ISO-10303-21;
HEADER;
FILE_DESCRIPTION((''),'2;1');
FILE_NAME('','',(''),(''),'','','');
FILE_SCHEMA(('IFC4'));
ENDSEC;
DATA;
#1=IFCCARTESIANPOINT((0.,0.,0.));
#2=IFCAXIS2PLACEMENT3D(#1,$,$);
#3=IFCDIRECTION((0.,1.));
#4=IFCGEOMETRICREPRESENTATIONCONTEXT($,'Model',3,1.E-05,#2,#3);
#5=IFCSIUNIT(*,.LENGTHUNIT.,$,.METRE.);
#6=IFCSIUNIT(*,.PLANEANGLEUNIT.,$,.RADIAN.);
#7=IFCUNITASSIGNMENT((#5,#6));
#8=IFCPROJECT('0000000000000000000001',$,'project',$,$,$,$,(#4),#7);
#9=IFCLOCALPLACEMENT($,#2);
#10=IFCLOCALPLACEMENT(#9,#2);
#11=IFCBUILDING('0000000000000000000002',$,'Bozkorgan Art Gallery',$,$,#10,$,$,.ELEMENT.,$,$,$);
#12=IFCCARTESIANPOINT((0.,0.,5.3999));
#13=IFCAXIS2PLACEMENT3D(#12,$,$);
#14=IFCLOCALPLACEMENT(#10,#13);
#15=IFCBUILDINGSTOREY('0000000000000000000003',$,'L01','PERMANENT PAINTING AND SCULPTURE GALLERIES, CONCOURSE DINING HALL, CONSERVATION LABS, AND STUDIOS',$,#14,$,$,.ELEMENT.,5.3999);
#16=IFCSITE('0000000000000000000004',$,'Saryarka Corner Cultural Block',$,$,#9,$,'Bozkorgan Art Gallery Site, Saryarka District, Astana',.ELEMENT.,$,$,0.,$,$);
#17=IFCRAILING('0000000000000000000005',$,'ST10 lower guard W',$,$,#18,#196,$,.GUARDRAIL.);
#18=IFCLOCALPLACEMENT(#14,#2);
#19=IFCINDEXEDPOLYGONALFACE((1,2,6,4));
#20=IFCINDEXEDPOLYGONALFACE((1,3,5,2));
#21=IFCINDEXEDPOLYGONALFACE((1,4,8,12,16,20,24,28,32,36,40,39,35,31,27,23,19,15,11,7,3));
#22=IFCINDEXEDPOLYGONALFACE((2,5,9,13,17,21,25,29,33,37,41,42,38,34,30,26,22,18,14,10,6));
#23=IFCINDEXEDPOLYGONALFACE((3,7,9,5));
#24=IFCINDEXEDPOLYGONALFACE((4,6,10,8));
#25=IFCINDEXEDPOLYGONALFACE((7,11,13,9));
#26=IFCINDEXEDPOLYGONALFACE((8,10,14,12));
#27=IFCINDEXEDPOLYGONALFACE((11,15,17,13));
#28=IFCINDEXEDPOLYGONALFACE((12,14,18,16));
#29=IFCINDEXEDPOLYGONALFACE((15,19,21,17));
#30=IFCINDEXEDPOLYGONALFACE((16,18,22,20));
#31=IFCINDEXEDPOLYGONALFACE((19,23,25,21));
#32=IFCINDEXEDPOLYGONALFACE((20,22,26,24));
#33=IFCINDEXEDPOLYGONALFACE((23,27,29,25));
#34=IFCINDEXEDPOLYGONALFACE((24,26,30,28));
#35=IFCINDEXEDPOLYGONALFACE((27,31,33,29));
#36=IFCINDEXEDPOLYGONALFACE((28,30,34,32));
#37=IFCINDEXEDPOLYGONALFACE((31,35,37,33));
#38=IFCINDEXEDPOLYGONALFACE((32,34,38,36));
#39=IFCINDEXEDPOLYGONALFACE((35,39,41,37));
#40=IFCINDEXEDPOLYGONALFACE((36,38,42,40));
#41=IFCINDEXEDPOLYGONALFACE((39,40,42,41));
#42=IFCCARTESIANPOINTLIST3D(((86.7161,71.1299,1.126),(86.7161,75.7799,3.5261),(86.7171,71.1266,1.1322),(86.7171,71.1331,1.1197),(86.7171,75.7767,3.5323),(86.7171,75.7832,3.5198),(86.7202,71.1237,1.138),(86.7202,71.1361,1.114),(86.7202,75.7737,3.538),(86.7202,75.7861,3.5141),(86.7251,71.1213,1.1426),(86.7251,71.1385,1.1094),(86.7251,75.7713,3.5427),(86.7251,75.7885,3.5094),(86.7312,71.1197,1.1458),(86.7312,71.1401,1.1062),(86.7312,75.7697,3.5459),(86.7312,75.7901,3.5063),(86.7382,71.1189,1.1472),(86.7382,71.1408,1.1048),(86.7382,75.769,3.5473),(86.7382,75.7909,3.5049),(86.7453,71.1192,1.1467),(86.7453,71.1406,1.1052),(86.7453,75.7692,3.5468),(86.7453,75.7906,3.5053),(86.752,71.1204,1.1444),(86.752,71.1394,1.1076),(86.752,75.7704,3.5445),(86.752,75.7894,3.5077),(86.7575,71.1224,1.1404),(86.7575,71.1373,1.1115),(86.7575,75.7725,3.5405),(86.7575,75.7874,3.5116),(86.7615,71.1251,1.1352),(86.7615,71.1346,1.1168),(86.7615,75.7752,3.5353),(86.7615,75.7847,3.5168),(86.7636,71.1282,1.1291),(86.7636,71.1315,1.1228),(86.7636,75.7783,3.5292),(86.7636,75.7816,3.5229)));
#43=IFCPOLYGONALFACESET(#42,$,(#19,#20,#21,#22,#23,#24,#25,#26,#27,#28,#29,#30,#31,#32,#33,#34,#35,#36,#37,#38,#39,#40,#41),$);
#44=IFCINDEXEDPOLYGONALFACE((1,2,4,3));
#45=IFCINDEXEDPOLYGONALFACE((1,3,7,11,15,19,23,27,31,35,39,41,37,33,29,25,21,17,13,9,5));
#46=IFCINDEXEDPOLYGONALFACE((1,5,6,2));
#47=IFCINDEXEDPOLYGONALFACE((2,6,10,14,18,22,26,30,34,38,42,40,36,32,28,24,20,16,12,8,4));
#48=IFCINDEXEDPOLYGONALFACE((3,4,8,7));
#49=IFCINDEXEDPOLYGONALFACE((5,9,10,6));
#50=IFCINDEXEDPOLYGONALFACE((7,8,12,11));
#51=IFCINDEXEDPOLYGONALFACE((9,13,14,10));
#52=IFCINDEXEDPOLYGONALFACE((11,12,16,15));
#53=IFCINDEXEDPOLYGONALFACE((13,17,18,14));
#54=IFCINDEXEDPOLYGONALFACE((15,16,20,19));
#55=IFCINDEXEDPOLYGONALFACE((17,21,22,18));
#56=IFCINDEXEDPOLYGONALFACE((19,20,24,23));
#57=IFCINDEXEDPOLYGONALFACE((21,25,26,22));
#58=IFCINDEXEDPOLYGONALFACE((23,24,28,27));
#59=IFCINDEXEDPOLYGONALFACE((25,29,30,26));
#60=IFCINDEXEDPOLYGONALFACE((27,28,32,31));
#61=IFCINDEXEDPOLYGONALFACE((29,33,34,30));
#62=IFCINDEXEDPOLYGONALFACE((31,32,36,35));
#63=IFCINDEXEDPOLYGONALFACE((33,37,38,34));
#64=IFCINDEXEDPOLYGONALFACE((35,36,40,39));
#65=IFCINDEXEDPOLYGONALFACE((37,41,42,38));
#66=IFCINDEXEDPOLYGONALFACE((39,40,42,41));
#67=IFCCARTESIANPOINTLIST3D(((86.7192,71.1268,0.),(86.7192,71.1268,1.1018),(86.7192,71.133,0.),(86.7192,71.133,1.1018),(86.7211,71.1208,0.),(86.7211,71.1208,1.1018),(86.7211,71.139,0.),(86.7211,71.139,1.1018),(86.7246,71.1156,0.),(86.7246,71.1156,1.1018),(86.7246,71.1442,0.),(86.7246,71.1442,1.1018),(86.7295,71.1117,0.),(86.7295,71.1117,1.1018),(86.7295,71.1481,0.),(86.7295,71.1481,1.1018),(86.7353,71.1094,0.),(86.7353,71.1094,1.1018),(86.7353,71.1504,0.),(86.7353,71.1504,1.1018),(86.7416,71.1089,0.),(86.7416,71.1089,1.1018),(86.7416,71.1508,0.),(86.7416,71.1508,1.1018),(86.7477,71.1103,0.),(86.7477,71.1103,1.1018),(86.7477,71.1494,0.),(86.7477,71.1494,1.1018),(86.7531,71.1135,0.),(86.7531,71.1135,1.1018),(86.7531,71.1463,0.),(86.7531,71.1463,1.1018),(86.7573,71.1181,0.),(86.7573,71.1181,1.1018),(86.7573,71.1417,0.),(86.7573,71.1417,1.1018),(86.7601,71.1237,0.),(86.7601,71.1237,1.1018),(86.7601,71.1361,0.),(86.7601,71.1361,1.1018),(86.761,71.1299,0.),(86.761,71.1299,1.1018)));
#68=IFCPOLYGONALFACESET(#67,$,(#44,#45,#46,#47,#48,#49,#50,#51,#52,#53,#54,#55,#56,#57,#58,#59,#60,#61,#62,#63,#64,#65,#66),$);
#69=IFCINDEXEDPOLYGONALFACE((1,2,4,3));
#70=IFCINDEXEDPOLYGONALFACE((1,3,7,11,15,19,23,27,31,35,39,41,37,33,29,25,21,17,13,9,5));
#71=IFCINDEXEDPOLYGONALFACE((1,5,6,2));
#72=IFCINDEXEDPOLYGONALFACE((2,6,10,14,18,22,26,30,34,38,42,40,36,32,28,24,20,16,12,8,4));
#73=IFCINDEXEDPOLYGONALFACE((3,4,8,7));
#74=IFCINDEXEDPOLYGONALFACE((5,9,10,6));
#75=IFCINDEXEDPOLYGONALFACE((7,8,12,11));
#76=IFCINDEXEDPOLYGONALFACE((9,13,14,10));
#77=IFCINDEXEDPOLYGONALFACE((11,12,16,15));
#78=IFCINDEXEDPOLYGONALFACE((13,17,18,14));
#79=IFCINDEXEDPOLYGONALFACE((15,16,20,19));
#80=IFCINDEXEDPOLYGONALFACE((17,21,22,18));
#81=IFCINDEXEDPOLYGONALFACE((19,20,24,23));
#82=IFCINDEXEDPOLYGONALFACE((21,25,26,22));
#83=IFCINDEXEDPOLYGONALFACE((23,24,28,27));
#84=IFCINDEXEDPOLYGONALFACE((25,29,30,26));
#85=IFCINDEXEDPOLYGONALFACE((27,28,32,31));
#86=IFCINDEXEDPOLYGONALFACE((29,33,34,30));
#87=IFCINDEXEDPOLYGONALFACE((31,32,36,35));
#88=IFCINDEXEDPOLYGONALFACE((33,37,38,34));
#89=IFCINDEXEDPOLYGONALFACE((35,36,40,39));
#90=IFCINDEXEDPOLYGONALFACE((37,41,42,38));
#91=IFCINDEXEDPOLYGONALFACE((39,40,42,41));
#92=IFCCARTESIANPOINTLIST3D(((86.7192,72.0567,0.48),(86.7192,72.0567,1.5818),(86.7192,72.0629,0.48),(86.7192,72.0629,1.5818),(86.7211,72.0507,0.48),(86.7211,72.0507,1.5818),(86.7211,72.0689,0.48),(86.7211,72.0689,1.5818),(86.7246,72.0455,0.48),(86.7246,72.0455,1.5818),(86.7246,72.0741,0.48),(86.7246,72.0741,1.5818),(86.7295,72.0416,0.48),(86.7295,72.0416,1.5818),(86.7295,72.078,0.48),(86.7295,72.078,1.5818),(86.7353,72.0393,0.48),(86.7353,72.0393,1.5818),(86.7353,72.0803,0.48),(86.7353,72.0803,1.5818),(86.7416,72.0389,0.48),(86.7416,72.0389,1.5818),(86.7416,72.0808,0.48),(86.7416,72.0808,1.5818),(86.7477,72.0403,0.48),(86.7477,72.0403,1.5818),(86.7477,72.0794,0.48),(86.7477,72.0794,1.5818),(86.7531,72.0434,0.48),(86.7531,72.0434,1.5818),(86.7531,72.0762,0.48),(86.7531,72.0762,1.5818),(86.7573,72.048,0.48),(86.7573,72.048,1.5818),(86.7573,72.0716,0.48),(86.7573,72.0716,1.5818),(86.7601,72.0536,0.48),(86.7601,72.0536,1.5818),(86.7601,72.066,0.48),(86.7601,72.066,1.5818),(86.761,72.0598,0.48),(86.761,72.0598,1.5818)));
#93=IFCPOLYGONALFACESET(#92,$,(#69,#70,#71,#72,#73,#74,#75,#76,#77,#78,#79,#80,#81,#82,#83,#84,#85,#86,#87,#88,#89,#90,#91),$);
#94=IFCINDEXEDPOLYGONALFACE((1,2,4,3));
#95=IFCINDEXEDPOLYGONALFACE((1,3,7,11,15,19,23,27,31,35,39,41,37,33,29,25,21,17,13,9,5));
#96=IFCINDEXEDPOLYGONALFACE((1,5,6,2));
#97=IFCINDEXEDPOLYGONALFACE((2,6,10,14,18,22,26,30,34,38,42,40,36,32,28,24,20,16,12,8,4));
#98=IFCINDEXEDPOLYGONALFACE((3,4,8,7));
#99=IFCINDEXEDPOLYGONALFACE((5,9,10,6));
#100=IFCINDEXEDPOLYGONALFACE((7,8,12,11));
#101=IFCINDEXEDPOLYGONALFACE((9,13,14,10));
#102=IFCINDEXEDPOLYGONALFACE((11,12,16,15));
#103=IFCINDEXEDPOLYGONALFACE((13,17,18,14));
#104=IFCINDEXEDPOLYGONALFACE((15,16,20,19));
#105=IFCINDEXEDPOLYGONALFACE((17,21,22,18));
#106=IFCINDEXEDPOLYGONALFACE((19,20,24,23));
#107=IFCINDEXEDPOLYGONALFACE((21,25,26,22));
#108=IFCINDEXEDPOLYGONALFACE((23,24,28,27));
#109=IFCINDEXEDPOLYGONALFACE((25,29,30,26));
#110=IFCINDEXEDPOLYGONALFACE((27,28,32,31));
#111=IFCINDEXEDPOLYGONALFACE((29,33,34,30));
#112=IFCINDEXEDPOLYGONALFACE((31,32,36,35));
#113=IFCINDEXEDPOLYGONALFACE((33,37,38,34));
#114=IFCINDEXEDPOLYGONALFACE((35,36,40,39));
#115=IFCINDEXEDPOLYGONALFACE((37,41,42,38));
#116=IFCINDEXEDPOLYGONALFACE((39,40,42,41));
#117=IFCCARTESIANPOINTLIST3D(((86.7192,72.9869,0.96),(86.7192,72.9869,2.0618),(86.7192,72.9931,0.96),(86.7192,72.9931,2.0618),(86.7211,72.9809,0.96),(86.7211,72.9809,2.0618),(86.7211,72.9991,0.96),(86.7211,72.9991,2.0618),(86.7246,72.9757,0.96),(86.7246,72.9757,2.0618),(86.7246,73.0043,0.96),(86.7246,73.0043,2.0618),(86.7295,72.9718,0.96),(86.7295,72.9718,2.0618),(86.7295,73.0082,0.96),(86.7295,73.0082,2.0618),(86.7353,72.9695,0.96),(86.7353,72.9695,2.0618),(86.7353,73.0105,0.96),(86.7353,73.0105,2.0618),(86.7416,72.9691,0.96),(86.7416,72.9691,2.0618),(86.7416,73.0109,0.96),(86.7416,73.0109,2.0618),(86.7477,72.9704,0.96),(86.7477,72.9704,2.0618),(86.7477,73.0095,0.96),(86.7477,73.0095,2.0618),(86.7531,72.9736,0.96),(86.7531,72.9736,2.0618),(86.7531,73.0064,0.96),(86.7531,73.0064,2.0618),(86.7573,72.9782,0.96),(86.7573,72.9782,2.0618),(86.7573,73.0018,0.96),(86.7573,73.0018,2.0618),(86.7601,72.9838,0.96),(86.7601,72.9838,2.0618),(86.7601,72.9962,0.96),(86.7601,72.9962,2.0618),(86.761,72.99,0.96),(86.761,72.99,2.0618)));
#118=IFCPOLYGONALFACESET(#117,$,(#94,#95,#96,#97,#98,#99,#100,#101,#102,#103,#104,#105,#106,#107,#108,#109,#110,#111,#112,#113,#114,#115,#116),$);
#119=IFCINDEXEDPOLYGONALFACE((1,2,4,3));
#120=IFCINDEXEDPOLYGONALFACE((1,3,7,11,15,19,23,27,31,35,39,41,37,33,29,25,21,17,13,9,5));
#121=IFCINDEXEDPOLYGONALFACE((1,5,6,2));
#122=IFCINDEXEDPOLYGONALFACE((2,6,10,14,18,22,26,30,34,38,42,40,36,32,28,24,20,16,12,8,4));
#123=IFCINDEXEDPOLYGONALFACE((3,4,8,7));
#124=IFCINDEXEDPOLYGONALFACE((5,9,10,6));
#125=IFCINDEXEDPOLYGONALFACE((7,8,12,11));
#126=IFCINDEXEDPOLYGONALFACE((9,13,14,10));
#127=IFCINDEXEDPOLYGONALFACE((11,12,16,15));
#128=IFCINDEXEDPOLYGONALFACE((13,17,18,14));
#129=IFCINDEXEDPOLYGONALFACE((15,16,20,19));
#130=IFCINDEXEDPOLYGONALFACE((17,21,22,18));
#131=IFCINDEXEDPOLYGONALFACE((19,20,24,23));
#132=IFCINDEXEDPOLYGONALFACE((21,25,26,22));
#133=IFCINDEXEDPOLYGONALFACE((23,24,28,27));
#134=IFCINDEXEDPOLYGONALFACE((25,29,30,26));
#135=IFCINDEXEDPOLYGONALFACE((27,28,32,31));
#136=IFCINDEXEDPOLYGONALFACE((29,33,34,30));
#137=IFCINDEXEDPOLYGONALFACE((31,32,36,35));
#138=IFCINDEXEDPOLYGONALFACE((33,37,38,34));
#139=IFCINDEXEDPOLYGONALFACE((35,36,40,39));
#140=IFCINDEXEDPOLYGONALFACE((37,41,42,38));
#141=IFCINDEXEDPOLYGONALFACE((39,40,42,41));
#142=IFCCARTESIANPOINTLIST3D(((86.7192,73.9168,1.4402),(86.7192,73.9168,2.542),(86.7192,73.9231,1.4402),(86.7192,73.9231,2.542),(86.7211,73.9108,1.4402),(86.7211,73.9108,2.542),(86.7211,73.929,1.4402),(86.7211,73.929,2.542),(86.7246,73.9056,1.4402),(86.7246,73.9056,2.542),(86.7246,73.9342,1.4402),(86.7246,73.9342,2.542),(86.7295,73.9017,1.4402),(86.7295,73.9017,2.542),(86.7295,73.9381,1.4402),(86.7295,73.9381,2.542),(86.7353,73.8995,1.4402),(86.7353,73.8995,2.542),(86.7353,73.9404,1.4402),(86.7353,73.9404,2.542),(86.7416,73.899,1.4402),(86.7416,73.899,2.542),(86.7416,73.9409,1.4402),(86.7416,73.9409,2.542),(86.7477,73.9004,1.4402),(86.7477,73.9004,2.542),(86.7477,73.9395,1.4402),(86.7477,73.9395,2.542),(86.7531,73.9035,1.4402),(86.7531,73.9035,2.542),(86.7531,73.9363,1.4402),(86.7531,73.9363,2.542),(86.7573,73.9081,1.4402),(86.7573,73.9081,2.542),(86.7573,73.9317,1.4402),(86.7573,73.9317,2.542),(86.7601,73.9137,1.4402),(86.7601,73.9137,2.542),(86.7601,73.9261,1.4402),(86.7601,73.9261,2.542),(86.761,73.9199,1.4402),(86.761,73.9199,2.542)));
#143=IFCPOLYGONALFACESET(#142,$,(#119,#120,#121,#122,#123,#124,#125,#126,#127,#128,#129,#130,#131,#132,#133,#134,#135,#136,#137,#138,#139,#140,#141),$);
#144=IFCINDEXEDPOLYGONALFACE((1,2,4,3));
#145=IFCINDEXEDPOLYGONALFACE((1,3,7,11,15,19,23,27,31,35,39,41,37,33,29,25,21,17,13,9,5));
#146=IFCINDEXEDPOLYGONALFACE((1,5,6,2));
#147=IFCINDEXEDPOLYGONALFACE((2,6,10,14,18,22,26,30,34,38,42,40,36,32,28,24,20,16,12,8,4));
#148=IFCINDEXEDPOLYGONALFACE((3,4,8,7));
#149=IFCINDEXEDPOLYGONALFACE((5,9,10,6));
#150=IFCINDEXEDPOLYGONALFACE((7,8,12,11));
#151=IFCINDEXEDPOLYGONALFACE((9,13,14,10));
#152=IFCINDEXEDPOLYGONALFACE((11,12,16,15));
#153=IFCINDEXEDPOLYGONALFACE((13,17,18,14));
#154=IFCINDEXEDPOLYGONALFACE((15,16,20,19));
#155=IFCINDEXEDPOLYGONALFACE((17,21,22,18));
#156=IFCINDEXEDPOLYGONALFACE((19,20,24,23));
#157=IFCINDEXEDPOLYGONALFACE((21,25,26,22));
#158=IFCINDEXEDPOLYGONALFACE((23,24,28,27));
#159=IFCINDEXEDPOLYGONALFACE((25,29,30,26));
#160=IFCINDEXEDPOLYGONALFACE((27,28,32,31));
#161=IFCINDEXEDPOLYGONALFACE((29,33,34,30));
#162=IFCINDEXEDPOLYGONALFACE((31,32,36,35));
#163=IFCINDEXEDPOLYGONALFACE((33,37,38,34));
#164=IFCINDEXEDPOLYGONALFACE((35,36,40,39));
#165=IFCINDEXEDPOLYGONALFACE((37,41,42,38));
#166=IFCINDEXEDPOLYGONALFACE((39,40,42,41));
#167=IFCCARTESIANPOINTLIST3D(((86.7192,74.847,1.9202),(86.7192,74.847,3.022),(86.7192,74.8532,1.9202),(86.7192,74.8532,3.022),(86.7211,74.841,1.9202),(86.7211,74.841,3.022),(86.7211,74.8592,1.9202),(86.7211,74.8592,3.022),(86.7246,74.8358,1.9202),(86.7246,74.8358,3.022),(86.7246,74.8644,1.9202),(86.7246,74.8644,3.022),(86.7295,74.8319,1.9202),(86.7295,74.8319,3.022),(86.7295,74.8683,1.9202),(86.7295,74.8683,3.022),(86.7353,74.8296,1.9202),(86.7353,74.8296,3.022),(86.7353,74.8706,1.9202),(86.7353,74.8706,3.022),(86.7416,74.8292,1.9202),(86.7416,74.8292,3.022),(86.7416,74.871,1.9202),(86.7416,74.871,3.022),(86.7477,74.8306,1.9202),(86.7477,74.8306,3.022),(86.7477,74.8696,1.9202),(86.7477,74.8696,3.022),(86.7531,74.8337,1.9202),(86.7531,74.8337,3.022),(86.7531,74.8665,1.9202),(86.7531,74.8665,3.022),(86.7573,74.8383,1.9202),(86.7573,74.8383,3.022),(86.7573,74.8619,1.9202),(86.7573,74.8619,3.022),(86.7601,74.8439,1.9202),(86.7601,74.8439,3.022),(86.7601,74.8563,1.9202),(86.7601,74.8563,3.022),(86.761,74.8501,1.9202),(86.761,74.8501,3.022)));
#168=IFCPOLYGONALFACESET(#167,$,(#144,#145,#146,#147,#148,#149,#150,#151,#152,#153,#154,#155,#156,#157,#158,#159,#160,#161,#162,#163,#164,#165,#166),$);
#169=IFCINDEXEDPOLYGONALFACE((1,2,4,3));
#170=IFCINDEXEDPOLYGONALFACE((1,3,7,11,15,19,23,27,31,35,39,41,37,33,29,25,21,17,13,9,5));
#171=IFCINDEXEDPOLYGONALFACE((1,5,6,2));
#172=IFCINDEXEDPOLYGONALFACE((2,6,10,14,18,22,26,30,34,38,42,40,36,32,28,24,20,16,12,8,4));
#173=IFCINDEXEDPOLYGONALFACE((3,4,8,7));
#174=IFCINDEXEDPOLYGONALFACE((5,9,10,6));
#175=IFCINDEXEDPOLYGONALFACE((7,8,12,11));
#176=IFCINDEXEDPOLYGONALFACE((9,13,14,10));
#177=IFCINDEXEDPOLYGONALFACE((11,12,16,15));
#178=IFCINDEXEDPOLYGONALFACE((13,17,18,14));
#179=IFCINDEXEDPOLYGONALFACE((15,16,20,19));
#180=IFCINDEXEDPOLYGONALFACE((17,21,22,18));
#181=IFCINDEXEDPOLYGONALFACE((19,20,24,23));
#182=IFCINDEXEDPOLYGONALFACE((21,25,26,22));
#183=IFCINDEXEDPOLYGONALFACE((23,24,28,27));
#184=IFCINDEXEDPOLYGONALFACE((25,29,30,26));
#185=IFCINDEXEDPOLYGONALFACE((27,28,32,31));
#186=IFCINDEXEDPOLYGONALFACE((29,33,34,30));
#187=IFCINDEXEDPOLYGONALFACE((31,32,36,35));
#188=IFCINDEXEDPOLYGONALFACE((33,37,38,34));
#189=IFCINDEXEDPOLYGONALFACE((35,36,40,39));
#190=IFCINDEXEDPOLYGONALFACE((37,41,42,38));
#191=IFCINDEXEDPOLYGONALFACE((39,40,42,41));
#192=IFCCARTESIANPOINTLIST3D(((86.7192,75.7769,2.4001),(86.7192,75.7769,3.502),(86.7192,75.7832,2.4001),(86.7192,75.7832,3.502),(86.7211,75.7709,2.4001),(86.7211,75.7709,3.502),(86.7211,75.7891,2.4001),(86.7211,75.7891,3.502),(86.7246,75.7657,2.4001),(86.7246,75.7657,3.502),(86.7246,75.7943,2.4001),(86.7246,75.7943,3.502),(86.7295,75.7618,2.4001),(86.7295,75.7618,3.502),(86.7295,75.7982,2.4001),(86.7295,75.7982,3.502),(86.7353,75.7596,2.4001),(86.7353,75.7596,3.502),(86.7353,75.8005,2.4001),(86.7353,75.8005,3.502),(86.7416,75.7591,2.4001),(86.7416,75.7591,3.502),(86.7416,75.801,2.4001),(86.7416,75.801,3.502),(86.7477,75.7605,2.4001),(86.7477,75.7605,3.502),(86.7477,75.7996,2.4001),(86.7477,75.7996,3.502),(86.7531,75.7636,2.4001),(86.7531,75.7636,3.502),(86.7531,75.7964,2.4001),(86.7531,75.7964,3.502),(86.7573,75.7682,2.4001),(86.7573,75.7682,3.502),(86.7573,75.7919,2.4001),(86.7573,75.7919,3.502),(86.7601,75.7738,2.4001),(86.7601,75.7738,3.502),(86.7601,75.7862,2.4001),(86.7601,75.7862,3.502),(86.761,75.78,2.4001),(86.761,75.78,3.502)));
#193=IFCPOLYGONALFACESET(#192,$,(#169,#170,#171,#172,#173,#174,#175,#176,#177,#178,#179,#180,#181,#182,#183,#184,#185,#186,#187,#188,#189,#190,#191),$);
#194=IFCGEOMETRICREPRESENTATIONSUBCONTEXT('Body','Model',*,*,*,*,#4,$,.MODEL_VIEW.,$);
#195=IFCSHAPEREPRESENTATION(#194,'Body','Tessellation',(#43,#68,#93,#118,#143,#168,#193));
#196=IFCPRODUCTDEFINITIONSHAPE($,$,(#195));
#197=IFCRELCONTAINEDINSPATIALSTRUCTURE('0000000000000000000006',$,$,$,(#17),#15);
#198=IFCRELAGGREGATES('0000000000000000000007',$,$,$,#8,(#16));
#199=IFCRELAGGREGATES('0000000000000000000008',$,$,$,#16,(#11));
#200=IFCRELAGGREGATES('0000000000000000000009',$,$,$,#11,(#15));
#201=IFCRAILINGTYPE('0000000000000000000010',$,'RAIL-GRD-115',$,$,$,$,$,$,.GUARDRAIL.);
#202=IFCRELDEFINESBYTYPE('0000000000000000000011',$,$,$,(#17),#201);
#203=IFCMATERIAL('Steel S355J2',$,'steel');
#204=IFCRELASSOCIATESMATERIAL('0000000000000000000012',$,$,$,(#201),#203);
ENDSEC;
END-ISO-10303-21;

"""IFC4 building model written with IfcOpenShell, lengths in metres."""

from ifc_helpers import new_model, si_unit, direction, frame, origin, origin_2d, place, context, subcontext, project, spatial, circle, extrude, material, type_object, element, save


model = new_model("IFC4")

# Units and contexts
model_context = context("Model", 3, precision=1e-05, world=origin(), true_north=direction((0.0, 1.0)))
body_context = subcontext(model_context, "Body", "Model", "MODEL_VIEW")
ifc_project = project(units=[si_unit("LENGTHUNIT", "METRE"), si_unit("PLANEANGLEUNIT", "RADIAN")], contexts=[model_context])

# Site, building, storey
site_placement = place(None, origin())
site = spatial("IfcSite", under=ifc_project, at=site_placement, Name="Saryarka Corner Cultural Block", LongName="Bozkorgan Art Gallery Site, Saryarka District, Astana", CompositionType="ELEMENT", RefElevation=0.0)
building_placement = place(site_placement, origin())
building = spatial("IfcBuilding", under=site, at=building_placement, Name="Bozkorgan Art Gallery", CompositionType="ELEMENT")
storey_placement = place(building_placement, frame((0.0, 0.0, 5.3999)))
storey = spatial("IfcBuildingStorey", under=building, at=storey_placement, Name="L01", Description="PERMANENT PAINTING AND SCULPTURE GALLERIES, CONCOURSE DINING HALL, CONSERVATION LABS, AND STUDIOS", CompositionType="ELEMENT", Elevation=5.3999)

# Shared definitions
ifc_material_1 = material(Name="Steel S355J2", Category="steel")

# Railing
railing_type = type_object("IfcRailingType", Name="RAIL-GRD-115", PredefinedType="GUARDRAIL", material=ifc_material_1)
for number, where, name in (
    (1, (86.74, 71.1299, 0.0), "ST10 lower guard W"),
):
    element("IfcRailing", number, at=place(storey_placement, frame(where)), inside=storey, type_object=railing_type, Name=name, PredefinedType="GUARDRAIL", context=body_context, shape_type="SweptSolid", body=[
        extrude(circle(Radius=0.0239, at=origin_2d()), frame((0.0, 0.0, 1.126), z_axis=(0.0, 0.888615, 0.458654), x_axis=(-1.0, 0.0, 0.0)), (0.0, 0.0, 1.0), 5.2329),
        extrude(circle(Radius=0.021, at=origin_2d()), origin(), (0.0, 0.0, 1.0), 1.1018),
        extrude(circle(Radius=0.021, at=origin_2d()), frame((0.0, 0.9299, 0.48)), (0.0, 0.0, 1.0), 1.1018),
        extrude(circle(Radius=0.021, at=origin_2d()), frame((0.0, 1.8601, 0.96)), (0.0, 0.0, 1.0), 1.1018),
        extrude(circle(Radius=0.021, at=origin_2d()), frame((0.0, 2.79, 1.4402)), (0.0, 0.0, 1.0), 1.1018),
        extrude(circle(Radius=0.021, at=origin_2d()), frame((0.0, 3.7202, 1.9202)), (0.0, 0.0, 1.0), 1.1018),
        extrude(circle(Radius=0.021, at=origin_2d()), frame((0.0, 4.6501, 2.4001)), (0.0, 0.0, 1.0), 1.1018),
    ])

save(model, "model.ifc")
